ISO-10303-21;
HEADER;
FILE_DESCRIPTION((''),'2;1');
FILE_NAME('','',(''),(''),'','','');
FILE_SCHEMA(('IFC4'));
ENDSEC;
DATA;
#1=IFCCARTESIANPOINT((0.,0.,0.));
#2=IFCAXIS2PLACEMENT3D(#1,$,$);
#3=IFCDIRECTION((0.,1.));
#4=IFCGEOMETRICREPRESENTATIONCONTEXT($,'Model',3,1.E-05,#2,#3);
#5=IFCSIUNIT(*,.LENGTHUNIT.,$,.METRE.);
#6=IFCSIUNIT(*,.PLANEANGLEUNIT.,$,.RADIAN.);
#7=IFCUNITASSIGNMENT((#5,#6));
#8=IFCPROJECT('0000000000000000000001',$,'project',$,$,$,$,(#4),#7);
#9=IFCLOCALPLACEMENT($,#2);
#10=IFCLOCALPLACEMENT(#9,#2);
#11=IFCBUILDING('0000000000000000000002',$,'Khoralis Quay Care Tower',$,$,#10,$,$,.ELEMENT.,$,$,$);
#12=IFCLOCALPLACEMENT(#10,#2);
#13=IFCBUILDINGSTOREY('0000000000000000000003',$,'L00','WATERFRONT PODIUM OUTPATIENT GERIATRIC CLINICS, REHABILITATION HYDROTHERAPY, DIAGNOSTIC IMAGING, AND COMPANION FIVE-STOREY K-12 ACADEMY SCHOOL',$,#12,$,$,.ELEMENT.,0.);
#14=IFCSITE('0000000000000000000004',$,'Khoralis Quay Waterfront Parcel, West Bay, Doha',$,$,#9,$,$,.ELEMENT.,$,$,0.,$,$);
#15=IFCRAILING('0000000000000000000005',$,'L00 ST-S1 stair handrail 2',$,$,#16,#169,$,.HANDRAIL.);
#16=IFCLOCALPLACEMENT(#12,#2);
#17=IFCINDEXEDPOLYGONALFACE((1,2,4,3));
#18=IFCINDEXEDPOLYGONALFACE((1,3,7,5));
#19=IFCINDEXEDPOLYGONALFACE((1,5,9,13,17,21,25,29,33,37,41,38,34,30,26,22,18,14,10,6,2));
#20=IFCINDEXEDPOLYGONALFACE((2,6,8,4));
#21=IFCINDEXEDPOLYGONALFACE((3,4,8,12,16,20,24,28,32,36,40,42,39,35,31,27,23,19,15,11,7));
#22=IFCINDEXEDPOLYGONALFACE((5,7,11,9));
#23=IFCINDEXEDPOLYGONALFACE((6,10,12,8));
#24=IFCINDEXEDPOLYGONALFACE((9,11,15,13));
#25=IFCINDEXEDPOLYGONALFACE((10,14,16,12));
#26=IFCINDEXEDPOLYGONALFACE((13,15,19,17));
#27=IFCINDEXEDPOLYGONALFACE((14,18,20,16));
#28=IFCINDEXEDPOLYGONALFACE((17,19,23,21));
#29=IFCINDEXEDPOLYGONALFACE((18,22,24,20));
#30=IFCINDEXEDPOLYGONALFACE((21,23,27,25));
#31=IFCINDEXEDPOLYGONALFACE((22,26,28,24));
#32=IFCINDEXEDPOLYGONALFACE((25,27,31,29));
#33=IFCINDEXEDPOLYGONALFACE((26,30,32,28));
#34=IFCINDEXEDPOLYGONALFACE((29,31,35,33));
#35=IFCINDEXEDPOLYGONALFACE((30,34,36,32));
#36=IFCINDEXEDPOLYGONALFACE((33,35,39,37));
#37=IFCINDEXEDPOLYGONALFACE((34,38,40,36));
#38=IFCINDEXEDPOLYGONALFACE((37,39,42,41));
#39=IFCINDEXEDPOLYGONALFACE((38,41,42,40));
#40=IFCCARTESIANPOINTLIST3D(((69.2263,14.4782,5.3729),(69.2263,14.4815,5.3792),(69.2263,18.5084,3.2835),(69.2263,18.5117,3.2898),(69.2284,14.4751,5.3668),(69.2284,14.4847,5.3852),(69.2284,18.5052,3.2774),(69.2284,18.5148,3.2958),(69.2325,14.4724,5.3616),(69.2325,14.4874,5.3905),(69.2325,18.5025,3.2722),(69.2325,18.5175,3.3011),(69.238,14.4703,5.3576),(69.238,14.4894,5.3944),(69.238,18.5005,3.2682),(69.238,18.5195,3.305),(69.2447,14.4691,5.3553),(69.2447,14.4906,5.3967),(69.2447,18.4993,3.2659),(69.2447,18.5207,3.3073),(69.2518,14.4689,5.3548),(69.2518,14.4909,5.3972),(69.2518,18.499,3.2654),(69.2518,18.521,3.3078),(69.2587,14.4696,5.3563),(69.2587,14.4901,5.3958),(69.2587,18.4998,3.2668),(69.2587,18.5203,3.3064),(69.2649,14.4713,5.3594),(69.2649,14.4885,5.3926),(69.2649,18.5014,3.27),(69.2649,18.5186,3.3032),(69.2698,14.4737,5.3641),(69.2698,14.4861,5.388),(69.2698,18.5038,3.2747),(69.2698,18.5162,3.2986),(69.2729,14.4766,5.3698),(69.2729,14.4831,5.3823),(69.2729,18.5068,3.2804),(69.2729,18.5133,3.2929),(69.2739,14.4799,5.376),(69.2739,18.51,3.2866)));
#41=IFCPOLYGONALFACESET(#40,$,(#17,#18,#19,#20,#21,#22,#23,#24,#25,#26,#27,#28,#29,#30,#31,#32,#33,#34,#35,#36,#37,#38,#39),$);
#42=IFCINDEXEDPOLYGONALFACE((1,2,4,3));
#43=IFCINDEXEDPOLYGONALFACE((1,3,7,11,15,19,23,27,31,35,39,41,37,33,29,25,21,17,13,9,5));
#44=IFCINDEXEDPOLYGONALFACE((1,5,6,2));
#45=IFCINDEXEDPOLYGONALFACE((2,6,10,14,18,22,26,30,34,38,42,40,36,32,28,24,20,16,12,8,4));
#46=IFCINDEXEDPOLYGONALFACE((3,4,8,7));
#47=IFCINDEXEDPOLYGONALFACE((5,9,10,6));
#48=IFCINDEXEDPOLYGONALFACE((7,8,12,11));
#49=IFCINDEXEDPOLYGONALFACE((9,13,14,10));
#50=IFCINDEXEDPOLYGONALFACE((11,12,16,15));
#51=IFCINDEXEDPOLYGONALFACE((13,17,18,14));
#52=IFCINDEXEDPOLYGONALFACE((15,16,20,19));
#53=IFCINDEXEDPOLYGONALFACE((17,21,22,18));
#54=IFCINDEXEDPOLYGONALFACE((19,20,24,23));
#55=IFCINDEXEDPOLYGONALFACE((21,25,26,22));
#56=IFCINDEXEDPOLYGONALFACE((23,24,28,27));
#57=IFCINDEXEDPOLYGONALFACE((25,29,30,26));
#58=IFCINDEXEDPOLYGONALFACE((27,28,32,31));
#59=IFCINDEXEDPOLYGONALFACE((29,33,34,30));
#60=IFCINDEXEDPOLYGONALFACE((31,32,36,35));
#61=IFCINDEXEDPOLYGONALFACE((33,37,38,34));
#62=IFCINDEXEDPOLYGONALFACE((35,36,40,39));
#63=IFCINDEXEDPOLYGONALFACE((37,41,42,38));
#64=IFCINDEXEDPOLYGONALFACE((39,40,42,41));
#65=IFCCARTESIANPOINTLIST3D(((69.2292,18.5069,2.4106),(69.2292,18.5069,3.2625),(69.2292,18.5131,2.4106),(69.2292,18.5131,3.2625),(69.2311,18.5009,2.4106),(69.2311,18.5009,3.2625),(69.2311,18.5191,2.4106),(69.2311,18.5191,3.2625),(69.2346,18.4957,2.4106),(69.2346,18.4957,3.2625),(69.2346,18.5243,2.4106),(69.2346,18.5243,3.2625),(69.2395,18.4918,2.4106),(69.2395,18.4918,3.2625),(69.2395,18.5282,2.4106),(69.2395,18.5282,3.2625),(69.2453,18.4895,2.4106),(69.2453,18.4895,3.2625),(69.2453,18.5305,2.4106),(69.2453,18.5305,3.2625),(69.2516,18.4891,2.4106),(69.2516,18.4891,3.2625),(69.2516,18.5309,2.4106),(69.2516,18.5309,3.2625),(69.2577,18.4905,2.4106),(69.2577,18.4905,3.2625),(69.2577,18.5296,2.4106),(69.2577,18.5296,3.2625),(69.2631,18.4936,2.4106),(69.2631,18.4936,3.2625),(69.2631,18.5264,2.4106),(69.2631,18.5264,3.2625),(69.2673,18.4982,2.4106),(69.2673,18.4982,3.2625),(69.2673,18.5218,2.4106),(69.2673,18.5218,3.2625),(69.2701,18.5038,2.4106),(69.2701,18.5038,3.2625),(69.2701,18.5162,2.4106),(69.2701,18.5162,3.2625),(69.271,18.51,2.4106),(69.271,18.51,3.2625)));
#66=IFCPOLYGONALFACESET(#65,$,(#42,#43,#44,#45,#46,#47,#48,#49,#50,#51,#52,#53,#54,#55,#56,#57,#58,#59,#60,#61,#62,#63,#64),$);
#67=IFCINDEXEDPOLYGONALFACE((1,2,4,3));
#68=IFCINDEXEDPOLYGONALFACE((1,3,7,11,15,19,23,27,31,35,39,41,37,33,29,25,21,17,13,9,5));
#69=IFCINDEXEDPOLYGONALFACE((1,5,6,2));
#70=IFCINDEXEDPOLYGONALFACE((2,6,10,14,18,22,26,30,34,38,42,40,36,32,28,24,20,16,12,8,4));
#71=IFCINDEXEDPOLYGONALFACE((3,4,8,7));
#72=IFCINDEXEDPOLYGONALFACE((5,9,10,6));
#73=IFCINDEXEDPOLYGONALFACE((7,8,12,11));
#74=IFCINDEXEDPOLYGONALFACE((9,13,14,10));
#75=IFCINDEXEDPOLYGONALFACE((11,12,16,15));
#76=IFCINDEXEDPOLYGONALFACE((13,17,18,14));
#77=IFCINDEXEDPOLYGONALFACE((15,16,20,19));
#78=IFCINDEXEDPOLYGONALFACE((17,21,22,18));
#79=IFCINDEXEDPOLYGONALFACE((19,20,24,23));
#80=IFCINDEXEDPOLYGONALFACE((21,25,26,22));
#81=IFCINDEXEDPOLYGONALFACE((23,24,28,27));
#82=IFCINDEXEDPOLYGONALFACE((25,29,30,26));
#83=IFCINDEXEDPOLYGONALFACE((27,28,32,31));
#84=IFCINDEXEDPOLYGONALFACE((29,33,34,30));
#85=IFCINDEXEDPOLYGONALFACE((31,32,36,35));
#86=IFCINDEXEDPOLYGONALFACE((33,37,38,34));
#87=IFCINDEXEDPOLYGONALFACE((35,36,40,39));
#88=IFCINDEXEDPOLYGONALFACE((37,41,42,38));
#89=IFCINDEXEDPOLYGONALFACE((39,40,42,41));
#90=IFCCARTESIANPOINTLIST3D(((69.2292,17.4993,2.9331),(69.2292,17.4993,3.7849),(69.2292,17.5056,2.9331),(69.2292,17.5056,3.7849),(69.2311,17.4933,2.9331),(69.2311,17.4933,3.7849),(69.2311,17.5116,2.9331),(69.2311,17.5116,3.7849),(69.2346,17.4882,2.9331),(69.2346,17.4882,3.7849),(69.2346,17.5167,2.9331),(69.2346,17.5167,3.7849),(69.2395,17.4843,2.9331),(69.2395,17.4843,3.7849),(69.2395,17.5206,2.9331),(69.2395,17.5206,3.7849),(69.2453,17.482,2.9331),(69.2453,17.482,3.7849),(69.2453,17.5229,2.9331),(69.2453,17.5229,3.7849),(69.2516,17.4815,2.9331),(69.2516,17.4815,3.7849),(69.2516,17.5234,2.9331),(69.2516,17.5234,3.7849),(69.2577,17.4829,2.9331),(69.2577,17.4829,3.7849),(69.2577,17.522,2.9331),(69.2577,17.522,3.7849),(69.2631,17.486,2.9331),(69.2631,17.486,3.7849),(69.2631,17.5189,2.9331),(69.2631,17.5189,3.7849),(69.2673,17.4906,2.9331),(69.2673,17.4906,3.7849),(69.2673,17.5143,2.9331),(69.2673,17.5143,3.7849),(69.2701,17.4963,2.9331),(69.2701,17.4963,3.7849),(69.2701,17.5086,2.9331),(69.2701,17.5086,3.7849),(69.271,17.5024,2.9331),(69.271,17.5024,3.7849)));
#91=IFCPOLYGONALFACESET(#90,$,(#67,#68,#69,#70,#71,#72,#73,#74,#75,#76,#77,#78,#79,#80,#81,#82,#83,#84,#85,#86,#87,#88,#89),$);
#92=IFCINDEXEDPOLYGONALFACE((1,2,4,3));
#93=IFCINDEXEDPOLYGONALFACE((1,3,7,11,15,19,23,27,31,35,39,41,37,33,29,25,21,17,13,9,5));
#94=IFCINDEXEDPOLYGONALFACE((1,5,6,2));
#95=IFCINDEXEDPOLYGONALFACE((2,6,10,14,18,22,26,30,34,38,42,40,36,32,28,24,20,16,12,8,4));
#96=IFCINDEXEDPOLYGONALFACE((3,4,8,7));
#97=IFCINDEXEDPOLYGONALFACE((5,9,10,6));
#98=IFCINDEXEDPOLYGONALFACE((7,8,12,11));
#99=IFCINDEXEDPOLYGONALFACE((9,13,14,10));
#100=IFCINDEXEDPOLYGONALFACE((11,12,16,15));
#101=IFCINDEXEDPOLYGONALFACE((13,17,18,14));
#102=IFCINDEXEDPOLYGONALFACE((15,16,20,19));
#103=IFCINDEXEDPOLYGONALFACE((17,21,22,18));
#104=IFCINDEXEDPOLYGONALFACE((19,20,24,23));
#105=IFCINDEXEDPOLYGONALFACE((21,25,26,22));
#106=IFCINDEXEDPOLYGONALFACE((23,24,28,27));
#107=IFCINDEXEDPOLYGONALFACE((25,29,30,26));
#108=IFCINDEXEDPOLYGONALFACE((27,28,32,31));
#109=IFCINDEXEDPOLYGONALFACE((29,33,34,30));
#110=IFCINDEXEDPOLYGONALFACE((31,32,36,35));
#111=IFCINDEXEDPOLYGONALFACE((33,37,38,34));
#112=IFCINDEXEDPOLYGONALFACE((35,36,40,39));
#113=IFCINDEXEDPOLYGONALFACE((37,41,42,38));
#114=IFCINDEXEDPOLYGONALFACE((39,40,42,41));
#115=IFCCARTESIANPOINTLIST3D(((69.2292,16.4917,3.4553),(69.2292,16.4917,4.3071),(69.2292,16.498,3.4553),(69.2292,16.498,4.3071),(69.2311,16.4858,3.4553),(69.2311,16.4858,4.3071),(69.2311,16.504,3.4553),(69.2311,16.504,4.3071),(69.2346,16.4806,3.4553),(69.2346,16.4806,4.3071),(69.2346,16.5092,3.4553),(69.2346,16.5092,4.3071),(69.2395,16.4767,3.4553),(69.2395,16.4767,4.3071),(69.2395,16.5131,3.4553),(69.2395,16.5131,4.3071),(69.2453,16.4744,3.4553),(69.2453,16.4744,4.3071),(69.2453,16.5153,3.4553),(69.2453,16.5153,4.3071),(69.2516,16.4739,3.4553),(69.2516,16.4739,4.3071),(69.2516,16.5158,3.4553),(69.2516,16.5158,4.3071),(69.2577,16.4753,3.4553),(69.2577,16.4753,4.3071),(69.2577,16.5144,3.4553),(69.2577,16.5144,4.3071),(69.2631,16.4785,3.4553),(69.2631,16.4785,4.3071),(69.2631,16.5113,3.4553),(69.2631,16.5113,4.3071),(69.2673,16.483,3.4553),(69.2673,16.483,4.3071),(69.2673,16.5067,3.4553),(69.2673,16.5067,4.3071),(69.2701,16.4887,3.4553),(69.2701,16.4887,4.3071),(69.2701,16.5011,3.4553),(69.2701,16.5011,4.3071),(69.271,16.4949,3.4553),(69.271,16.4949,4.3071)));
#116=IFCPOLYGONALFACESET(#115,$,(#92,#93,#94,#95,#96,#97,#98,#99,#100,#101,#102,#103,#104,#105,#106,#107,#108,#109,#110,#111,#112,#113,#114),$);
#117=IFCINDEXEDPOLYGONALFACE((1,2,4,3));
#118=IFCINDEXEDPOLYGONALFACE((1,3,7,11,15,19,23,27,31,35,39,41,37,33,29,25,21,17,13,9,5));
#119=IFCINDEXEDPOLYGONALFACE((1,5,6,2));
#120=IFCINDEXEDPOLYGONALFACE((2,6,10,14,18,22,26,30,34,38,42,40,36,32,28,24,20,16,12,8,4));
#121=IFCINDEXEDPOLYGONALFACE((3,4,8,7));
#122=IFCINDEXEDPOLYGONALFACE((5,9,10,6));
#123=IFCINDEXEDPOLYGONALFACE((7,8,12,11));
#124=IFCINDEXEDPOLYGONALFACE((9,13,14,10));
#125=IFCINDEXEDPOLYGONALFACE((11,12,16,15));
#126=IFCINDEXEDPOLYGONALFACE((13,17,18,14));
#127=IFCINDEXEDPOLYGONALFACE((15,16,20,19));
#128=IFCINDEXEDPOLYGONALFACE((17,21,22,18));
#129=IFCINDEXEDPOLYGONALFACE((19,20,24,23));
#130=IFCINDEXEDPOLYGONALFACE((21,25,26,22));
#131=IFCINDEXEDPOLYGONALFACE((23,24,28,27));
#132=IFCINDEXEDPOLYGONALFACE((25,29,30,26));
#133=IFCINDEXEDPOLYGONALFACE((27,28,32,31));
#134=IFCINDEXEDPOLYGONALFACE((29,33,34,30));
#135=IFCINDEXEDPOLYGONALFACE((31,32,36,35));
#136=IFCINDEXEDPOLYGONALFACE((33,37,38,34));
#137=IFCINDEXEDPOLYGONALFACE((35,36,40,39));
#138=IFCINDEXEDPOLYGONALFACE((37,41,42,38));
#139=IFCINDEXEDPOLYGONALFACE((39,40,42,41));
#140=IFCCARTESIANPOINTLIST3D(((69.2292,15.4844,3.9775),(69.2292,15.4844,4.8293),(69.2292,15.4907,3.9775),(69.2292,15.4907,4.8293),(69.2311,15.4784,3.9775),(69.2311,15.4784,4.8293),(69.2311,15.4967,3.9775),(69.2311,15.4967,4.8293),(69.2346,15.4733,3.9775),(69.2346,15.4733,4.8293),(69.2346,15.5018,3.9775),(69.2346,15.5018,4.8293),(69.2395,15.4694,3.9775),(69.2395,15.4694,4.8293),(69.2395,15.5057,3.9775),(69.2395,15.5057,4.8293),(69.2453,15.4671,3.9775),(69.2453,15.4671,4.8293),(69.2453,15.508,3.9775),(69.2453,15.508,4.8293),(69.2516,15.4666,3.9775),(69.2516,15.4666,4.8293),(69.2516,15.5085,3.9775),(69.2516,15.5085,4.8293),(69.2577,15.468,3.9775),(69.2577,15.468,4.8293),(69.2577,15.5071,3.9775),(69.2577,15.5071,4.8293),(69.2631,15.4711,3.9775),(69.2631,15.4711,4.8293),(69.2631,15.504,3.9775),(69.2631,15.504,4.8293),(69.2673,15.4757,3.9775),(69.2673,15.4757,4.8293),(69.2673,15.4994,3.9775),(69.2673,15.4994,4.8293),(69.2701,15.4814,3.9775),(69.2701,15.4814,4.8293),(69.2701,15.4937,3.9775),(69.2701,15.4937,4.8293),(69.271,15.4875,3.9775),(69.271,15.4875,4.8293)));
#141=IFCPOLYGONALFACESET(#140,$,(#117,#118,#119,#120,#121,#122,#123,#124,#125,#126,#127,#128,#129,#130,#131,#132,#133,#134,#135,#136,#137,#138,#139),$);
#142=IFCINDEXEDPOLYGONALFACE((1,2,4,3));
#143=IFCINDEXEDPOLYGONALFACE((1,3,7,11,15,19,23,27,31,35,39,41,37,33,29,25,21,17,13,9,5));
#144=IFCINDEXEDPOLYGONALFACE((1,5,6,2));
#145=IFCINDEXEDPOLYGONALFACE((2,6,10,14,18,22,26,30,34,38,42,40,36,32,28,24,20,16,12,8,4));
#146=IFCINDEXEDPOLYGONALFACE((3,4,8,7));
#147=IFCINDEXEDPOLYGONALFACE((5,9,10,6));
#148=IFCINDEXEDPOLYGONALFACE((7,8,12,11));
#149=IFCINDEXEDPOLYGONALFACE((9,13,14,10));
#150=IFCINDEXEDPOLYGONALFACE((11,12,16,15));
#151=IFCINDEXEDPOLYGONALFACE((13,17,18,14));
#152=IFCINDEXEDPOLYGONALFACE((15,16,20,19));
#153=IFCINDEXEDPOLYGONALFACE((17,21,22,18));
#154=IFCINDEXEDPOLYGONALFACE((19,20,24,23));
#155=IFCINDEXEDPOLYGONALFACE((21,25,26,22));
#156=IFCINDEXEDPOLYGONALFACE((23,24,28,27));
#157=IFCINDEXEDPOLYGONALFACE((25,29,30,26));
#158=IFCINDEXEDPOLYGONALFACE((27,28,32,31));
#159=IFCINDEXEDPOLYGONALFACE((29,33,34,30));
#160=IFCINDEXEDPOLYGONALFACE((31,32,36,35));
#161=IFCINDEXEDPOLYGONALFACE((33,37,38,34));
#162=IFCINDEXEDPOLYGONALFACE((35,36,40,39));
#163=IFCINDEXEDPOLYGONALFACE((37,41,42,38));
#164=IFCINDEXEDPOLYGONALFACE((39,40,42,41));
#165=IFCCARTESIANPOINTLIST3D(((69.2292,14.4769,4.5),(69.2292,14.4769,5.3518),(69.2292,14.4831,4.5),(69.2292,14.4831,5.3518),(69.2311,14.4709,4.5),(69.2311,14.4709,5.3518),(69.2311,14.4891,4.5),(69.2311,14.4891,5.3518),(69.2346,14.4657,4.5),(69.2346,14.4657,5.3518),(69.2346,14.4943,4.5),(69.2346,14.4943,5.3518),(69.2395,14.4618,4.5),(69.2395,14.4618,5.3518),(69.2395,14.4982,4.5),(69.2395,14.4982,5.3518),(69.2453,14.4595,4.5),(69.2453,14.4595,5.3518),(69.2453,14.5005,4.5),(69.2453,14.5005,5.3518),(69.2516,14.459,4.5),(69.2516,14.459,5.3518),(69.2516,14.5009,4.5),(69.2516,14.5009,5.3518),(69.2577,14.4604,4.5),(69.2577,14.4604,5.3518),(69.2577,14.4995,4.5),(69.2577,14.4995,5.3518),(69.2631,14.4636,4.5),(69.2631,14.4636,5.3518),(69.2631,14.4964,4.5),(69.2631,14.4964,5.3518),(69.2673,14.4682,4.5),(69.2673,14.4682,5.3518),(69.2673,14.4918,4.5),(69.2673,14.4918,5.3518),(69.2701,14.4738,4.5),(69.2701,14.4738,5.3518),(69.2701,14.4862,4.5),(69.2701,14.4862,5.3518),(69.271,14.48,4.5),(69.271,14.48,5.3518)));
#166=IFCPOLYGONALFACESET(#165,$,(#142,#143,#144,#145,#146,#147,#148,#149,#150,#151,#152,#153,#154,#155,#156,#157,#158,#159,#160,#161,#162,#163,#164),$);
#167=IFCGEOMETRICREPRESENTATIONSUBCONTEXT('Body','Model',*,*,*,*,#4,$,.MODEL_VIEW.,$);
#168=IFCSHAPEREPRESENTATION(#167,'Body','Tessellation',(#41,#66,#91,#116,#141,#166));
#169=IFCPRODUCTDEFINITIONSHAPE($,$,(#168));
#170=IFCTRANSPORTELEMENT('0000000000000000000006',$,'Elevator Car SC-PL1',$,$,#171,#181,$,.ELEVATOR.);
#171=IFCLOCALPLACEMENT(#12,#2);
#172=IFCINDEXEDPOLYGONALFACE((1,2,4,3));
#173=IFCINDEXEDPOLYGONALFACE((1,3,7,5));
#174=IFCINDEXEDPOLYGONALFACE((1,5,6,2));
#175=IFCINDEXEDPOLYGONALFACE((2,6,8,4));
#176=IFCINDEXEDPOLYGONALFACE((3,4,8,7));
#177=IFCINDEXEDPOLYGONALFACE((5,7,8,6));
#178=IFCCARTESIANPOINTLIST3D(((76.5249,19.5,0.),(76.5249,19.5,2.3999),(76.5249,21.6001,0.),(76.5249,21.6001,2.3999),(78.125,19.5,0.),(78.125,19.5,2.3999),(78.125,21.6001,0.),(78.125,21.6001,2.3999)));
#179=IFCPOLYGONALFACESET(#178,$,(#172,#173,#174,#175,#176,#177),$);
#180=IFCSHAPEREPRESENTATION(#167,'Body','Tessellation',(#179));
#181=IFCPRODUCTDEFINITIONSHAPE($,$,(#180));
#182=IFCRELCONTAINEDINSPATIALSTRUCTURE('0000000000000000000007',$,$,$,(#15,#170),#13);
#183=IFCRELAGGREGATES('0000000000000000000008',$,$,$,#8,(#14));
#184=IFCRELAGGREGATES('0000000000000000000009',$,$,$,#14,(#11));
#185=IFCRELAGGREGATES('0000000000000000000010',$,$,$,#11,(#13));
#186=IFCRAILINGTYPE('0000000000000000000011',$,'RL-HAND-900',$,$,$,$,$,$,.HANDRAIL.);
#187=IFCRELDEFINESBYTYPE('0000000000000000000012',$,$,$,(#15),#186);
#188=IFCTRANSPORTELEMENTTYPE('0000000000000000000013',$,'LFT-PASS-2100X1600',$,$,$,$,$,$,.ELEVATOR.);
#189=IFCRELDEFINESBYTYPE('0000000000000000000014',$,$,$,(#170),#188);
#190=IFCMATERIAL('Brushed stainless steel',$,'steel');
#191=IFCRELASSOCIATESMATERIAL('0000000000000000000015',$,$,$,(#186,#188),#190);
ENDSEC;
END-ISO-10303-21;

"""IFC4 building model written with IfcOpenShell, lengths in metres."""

from ifc_helpers import new_model, si_unit, direction, frame, origin, origin_2d, place, context, subcontext, project, spatial, rectangle, circle, extrude, source, transform, mapped, material, type_object, element, save


model = new_model("IFC4")

# Units and contexts
model_context = context("Model", 3, precision=1e-05, world=origin(), true_north=direction((0.0, 1.0)))
body_context = subcontext(model_context, "Body", "Model", "MODEL_VIEW")
ifc_project = project(units=[si_unit("LENGTHUNIT", "METRE"), si_unit("PLANEANGLEUNIT", "RADIAN")], contexts=[model_context])

# Site, building, storey
site_placement = place(None, origin())
site = spatial("IfcSite", under=ifc_project, at=site_placement, Name="Khoralis Quay Waterfront Parcel, West Bay, Doha", CompositionType="ELEMENT", RefElevation=0.0)
building_placement = place(site_placement, origin())
building = spatial("IfcBuilding", under=site, at=building_placement, Name="Khoralis Quay Care Tower", CompositionType="ELEMENT")
storey_placement = place(building_placement, origin())
storey = spatial("IfcBuildingStorey", under=building, at=storey_placement, Name="L00", Description="WATERFRONT PODIUM OUTPATIENT GERIATRIC CLINICS, REHABILITATION HYDROTHERAPY, DIAGNOSTIC IMAGING, AND COMPANION FIVE-STOREY K-12 ACADEMY SCHOOL", CompositionType="ELEMENT", Elevation=0.0)

# Shared definitions
ifc_material_1 = material(Name="Brushed stainless steel", Category="steel")

# Railing
railing_type_1 = type_object("IfcRailingType", Name="RL-HAND-900", PredefinedType="HANDRAIL", material=ifc_material_1)
railing_1_placement = place(storey_placement, frame((69.25, 18.51, 2.4106)))
element("IfcRailing", 1, at=railing_1_placement, inside=storey, type_object=railing_type_1, Name="L00 ST-S1 stair handrail 2", PredefinedType="HANDRAIL", context=body_context, shape_type="SweptSolid", body=[
    extrude(circle(Radius=0.0239, at=origin_2d()), frame((0.0, 0.0, 0.876), z_axis=(0.0, -0.887781, 0.460267), x_axis=(1.0, 0.0, 0.0)), (0.0, 0.0, 1.0), 4.5396),
    extrude(circle(Radius=0.021, at=origin_2d()), origin(), (0.0, 0.0, 1.0), 0.8518),
    extrude(circle(Radius=0.021, at=origin_2d()), frame((0.0, -1.0076, 0.5225)), (0.0, 0.0, 1.0), 0.8518),
    extrude(circle(Radius=0.021, at=origin_2d()), frame((0.0, -2.0151, 1.0447)), (0.0, 0.0, 1.0), 0.8518),
    extrude(circle(Radius=0.021, at=origin_2d()), frame((0.0, -3.0225, 1.5669)), (0.0, 0.0, 1.0), 0.8518),
    extrude(circle(Radius=0.021, at=origin_2d()), frame((0.0, -4.03, 2.0894)), (0.0, 0.0, 1.0), 0.8518),
])

# Transport element
transport_element_type = type_object("IfcTransportElementType", Name="LFT-PASS-2100X1600", PredefinedType="ELEVATOR", material=ifc_material_1)
shared_shape_1 = source(origin(), body_context, "Body", "SweptSolid", [
    extrude(rectangle(XDim=2.1001, YDim=1.6001, at=origin_2d()), origin(), (0.0, 0.0, 1.0), 2.3999),
])
transport_element_placement = place(storey_placement, frame((77.325, 20.55, 0.0), z_axis=(0.0, 0.0, 1.0), x_axis=(0.0, 1.0, 0.0)))
element("IfcTransportElement", 2, at=transport_element_placement, inside=storey, type_object=transport_element_type, Name="Elevator Car SC-PL1", PredefinedType="ELEVATOR", context=body_context, shape_type="MappedRepresentation", body=[
    mapped(shared_shape_1, transform((0.0, 0.0, 0.0), scale=1.0)),
])

save(model, "model.ifc")
